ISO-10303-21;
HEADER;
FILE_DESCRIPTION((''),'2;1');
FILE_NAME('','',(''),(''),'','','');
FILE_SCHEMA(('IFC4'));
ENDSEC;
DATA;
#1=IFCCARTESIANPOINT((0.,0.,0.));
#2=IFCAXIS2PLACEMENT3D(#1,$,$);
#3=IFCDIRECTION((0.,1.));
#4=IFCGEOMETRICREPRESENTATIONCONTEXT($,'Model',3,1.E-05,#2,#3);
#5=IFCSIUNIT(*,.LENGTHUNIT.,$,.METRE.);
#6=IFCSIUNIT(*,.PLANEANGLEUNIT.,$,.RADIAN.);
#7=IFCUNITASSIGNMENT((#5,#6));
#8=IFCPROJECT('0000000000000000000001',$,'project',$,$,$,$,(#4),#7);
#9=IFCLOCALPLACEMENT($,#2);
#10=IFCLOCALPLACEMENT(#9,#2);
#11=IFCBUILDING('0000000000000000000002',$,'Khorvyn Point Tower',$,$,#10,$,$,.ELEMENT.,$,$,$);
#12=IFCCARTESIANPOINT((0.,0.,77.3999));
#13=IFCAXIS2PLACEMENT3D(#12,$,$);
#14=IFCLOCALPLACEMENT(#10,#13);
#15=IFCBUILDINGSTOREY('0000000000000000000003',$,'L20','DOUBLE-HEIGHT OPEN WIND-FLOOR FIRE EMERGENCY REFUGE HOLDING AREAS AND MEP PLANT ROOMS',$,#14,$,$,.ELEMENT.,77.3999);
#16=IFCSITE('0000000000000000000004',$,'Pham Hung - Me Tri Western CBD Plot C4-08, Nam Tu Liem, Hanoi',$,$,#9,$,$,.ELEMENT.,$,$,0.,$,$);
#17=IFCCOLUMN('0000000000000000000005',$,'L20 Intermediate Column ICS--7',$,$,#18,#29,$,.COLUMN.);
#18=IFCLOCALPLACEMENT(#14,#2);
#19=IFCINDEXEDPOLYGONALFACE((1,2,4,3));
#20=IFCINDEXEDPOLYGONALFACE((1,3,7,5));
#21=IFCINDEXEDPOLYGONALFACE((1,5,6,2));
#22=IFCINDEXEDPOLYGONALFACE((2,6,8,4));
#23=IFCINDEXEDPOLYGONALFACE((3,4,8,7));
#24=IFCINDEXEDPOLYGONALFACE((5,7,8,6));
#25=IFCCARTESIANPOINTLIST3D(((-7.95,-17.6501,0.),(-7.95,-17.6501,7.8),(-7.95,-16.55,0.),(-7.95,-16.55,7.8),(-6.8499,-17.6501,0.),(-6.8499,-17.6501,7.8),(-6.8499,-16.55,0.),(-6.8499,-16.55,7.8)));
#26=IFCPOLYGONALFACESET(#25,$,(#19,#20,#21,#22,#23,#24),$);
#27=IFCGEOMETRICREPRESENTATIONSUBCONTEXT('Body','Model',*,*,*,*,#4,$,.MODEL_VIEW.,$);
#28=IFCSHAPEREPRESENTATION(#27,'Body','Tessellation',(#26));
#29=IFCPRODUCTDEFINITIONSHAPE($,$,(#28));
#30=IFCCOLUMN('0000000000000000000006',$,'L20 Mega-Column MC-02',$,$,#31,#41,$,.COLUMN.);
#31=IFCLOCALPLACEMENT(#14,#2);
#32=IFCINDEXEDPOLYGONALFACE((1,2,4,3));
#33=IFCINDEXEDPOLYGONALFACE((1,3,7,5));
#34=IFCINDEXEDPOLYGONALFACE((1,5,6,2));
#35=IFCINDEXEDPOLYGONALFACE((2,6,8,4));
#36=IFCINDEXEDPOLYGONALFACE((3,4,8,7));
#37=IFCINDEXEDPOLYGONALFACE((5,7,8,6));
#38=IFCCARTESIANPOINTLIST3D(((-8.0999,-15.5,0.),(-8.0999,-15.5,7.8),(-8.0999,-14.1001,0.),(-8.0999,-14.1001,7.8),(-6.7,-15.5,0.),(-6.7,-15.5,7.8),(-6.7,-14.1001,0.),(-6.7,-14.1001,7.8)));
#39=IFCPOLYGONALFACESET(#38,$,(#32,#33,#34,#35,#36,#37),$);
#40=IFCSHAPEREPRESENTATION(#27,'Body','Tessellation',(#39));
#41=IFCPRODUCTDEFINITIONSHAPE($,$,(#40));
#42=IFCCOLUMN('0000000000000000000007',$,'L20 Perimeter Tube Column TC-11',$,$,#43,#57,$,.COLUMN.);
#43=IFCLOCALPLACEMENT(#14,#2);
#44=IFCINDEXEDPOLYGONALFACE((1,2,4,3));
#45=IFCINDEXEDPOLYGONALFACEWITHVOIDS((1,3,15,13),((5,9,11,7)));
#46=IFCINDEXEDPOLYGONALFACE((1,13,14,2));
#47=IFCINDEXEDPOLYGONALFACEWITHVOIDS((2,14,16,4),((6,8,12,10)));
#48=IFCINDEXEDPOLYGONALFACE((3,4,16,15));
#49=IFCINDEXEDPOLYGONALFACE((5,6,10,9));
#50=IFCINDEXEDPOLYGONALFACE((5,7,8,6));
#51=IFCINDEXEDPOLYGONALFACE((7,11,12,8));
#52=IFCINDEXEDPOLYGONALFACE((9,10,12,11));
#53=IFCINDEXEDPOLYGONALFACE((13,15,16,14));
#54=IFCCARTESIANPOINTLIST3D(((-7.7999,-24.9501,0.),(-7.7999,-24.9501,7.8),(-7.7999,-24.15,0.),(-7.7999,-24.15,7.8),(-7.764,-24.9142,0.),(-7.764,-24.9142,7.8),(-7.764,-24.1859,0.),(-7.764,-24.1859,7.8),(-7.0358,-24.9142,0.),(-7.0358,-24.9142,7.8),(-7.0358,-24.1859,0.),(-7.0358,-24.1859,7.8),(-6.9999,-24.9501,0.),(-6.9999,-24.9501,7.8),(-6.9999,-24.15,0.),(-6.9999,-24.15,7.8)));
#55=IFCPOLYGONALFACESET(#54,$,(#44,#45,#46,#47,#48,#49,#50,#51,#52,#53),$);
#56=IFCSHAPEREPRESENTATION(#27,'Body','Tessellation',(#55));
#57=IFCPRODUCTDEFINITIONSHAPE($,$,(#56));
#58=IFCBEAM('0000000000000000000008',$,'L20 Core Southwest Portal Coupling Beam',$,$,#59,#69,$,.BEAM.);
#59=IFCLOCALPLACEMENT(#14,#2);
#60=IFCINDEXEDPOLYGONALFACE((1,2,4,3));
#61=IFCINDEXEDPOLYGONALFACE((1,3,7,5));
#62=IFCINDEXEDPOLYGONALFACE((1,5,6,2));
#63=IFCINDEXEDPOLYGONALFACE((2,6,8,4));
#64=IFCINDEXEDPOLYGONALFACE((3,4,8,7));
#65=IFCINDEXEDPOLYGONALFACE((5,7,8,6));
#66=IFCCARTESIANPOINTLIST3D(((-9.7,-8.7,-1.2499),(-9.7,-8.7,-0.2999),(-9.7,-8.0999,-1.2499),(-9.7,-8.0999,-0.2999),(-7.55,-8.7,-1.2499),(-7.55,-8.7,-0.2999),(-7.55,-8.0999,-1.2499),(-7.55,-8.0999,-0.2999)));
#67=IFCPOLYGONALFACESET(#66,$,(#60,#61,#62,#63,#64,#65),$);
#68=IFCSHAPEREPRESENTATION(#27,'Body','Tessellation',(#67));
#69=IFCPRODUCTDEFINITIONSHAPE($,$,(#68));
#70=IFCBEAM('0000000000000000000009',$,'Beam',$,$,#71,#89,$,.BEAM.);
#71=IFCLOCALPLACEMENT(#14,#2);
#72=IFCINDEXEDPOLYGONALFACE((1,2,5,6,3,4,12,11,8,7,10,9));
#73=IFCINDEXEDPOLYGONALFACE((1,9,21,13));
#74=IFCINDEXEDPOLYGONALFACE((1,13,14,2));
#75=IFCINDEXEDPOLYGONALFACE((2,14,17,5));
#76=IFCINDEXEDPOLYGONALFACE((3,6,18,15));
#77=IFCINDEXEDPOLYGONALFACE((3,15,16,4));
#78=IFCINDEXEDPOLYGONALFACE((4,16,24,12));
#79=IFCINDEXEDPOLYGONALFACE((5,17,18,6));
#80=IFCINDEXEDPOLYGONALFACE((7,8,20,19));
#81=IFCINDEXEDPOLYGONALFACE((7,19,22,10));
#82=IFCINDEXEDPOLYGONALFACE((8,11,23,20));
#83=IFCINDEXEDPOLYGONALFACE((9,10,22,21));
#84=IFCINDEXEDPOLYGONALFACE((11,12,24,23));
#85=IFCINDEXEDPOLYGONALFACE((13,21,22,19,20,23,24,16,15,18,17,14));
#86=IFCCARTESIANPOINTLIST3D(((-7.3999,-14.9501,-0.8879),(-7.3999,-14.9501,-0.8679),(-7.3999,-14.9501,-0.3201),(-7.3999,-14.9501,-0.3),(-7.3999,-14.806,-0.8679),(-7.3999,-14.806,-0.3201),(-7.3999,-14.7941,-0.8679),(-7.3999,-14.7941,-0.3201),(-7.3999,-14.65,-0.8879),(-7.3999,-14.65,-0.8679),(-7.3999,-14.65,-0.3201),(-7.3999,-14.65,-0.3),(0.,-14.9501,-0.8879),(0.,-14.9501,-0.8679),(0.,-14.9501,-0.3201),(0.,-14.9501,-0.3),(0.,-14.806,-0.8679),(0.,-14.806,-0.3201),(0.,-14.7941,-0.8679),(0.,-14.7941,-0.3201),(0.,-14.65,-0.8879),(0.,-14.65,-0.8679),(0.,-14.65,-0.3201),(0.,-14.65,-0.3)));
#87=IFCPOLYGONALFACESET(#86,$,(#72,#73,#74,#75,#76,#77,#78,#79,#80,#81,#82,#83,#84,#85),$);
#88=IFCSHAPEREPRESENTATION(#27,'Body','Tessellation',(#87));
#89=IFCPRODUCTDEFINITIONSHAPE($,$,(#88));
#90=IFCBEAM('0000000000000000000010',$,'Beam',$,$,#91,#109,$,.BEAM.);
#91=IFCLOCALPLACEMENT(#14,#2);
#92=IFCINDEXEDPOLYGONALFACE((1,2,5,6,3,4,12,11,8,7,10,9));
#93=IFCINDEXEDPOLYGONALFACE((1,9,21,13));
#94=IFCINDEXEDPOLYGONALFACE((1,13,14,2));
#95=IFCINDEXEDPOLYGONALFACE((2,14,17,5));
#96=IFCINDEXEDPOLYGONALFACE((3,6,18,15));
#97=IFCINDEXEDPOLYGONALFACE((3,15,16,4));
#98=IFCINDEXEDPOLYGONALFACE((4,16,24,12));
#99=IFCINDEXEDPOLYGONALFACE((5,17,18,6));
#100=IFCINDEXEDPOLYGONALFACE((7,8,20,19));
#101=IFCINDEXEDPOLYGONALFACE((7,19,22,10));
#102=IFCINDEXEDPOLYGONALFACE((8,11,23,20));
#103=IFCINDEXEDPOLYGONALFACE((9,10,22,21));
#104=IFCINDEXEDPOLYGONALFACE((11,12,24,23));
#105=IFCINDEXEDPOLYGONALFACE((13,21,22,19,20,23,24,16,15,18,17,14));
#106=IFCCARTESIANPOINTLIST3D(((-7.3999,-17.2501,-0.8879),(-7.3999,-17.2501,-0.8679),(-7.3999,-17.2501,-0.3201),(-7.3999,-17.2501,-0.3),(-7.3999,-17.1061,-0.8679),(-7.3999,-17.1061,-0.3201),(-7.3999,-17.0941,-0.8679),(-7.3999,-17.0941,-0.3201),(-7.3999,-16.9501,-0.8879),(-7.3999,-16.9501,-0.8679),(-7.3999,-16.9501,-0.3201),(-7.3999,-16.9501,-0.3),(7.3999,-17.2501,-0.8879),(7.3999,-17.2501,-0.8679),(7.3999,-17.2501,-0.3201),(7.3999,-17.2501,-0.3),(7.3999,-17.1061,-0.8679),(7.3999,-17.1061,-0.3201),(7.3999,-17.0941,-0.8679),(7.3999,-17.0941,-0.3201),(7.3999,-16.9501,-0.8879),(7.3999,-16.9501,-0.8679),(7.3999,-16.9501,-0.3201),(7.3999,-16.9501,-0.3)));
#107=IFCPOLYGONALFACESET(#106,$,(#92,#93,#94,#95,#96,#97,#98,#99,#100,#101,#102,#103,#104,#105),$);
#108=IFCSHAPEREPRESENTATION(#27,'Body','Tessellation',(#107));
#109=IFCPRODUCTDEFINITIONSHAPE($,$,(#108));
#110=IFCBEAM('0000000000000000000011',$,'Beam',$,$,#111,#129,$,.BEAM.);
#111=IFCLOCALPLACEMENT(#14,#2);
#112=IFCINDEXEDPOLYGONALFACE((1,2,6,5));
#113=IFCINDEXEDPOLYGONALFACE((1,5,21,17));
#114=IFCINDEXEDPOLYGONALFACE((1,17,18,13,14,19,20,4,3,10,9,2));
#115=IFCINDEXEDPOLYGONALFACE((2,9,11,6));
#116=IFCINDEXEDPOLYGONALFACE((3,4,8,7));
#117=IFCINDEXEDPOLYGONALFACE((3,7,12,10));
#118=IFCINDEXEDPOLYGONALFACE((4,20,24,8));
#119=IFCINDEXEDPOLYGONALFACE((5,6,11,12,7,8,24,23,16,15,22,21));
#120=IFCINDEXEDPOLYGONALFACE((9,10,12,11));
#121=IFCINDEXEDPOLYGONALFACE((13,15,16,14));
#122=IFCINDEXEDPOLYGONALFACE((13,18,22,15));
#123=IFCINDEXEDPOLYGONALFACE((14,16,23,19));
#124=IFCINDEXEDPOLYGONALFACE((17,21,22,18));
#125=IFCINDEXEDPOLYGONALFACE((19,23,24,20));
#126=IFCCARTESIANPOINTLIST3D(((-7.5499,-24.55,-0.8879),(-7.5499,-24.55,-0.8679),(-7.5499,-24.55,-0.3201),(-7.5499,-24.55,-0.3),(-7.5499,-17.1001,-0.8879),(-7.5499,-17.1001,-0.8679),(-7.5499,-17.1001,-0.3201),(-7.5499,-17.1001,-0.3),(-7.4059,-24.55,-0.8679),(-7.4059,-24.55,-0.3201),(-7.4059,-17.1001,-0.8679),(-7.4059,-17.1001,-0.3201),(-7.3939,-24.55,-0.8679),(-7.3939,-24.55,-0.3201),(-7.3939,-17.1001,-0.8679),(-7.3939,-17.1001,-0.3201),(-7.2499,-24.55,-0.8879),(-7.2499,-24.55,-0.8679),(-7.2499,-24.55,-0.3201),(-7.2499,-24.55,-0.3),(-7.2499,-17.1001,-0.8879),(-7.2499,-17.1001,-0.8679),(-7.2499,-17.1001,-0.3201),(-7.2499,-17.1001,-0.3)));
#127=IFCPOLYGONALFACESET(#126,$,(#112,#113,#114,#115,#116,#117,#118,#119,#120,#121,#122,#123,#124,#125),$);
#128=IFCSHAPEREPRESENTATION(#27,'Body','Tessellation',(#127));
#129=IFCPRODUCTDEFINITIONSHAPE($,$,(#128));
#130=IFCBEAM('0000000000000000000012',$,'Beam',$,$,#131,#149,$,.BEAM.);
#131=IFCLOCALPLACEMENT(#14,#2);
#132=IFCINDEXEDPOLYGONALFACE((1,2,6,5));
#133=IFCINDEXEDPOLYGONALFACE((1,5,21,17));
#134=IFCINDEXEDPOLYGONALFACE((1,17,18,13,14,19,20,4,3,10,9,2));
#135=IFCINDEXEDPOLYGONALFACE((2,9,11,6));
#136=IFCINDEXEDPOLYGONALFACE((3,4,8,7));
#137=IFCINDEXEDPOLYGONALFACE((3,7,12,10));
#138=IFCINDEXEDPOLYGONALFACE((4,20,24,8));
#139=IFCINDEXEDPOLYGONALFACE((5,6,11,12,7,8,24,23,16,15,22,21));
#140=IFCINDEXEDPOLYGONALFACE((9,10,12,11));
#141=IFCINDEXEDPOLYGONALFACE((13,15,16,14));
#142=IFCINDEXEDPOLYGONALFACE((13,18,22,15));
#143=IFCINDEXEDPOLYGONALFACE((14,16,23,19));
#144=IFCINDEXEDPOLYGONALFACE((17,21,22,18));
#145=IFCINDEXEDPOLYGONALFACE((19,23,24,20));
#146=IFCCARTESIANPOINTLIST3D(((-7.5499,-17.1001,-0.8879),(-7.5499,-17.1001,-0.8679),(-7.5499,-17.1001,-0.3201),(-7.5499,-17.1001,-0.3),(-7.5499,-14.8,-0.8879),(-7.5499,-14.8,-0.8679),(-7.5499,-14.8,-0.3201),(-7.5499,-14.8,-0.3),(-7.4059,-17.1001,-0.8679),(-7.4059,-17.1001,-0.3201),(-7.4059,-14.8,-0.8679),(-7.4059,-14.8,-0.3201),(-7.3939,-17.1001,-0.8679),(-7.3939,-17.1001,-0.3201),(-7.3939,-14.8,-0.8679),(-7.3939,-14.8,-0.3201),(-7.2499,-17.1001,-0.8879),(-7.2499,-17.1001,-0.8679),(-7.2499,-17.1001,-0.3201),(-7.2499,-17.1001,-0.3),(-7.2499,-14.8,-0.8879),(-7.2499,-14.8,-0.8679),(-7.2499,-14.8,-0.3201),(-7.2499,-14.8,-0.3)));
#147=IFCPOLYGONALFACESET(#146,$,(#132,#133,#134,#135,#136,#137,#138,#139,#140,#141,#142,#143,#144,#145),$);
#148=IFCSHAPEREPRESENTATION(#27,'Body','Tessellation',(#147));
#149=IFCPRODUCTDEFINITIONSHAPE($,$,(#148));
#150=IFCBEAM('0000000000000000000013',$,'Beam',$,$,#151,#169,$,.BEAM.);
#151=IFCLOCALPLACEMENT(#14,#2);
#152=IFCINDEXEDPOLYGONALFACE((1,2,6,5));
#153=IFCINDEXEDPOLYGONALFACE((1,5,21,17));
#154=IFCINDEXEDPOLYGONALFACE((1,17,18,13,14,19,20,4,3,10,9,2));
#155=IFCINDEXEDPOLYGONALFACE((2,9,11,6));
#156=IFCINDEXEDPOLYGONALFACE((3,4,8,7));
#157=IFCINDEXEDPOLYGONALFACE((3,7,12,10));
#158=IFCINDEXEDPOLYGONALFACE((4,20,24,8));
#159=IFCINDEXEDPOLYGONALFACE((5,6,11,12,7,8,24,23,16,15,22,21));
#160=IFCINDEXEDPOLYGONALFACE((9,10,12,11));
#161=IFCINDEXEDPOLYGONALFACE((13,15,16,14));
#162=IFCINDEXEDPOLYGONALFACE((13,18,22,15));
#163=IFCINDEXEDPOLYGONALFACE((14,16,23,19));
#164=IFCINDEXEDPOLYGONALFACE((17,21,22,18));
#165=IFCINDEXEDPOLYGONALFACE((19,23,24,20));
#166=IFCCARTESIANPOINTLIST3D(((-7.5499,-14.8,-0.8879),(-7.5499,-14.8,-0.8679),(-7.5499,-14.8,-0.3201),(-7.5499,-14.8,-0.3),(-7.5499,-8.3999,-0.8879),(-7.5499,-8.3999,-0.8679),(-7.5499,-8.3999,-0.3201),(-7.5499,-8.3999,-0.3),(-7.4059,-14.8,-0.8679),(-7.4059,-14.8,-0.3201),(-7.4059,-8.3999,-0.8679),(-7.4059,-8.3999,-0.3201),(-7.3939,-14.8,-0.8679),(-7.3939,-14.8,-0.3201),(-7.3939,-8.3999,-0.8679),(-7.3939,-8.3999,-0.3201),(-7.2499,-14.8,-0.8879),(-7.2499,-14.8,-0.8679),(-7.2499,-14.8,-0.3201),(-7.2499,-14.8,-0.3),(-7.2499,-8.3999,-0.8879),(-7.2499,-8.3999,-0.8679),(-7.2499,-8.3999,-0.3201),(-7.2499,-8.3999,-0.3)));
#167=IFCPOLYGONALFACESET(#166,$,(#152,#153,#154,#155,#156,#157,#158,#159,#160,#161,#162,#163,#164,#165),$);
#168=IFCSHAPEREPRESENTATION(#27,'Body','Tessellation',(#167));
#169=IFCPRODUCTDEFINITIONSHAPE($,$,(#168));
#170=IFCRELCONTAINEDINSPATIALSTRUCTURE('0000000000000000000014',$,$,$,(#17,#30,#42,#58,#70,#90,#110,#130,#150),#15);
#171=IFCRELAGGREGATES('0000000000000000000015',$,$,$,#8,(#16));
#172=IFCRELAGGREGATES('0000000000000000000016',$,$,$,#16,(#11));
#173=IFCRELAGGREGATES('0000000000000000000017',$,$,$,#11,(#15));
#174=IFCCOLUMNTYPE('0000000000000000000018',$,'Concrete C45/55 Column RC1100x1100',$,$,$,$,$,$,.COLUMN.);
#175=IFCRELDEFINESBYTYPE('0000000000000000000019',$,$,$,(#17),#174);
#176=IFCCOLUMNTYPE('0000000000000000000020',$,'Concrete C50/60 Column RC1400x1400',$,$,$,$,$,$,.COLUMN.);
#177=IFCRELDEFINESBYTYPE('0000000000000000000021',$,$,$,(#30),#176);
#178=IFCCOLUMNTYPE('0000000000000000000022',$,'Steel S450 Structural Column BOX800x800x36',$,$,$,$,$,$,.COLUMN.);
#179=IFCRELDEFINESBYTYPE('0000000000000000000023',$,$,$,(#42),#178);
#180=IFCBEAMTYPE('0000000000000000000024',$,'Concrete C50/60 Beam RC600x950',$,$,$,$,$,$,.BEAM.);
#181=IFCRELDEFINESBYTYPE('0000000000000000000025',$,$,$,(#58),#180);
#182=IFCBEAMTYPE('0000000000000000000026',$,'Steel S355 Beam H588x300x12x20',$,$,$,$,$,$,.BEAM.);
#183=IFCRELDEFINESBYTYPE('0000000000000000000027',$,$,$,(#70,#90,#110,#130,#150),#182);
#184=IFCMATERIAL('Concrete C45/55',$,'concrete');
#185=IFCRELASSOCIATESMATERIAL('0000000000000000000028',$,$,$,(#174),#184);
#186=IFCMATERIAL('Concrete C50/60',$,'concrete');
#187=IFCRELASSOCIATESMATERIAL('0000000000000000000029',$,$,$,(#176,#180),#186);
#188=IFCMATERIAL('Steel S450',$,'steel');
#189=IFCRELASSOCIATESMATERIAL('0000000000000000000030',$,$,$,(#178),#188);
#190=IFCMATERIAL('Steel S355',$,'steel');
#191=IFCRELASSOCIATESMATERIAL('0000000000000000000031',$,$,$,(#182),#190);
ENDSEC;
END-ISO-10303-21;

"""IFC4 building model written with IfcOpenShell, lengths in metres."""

from ifc_helpers import new_model, si_unit, direction, frame, origin, origin_2d, place, context, subcontext, project, spatial, rectangle, hollow_rectangle, i_section, extrude, material, material_profile, profile_set, type_object, element, save


model = new_model("IFC4")

# Units and contexts
model_context = context("Model", 3, precision=1e-05, world=origin(), true_north=direction((0.0, 1.0)))
body_context = subcontext(model_context, "Body", "Model", "MODEL_VIEW")
ifc_project = project(units=[si_unit("LENGTHUNIT", "METRE"), si_unit("PLANEANGLEUNIT", "RADIAN")], contexts=[model_context])

# Site, building, storey
site_placement = place(None, origin())
site = spatial("IfcSite", under=ifc_project, at=site_placement, Name="Pham Hung - Me Tri Western CBD Plot C4-08, Nam Tu Liem, Hanoi", CompositionType="ELEMENT", RefElevation=0.0)
building_placement = place(site_placement, origin())
building = spatial("IfcBuilding", under=site, at=building_placement, Name="Khorvyn Point Tower", CompositionType="ELEMENT")
storey_placement = place(building_placement, frame((0.0, 0.0, 77.3999)))
storey = spatial("IfcBuildingStorey", under=building, at=storey_placement, Name="L20", Description="DOUBLE-HEIGHT OPEN WIND-FLOOR FIRE EMERGENCY REFUGE HOLDING AREAS AND MEP PLANT ROOMS", CompositionType="ELEMENT", Elevation=77.3999)

# Columns
ifc_material_1 = material(Name="Concrete C45/55", Category="concrete")
ifc_material_profile_1 = material_profile(ifc_material_1, rectangle(XDim=1.1001, YDim=1.1001, at=origin_2d()))
ifc_profile_set_1 = profile_set([ifc_material_profile_1], Name="Concrete C45/55 RC1100x1100")
column_type_1 = type_object("IfcColumnType", Name="Concrete C45/55 Column RC1100x1100", PredefinedType="COLUMN", material=ifc_profile_set_1)
column_1_placement = place(storey_placement, frame((-7.3999, -17.1001, 0.0), z_axis=(0.0, 0.0, 1.0), x_axis=(1.0, 0.0, 0.0)))
element("IfcColumn", 1, at=column_1_placement, inside=storey, type_object=column_type_1, Name="L20 Intermediate Column ICS--7", PredefinedType="COLUMN", context=body_context, shape_type="SweptSolid", body=[
    extrude(rectangle(XDim=1.1001, YDim=1.1001, at=origin_2d()), origin(), (0.0, 0.0, 1.0), 7.8),
])
ifc_material_2 = material(Name="Concrete C50/60", Category="concrete")
ifc_material_profile_2 = material_profile(ifc_material_2, rectangle(XDim=1.3999, YDim=1.3999, at=origin_2d()))
ifc_profile_set_2 = profile_set([ifc_material_profile_2], Name="Concrete C50/60 RC1400x1400")
column_type_2 = type_object("IfcColumnType", Name="Concrete C50/60 Column RC1400x1400", PredefinedType="COLUMN", material=ifc_profile_set_2)
column_2_placement = place(storey_placement, frame((-7.3999, -14.8, 0.0), z_axis=(0.0, 0.0, 1.0), x_axis=(1.0, 0.0, 0.0)))
element("IfcColumn", 2, at=column_2_placement, inside=storey, type_object=column_type_2, Name="L20 Mega-Column MC-02", PredefinedType="COLUMN", context=body_context, shape_type="SweptSolid", body=[
    extrude(rectangle(XDim=1.3999, YDim=1.3999, at=origin_2d()), origin(), (0.0, 0.0, 1.0), 7.8),
])
ifc_material_3 = material(Name="Steel S450", Category="steel")
ifc_material_profile_3 = material_profile(ifc_material_3, hollow_rectangle(XDim=0.8, YDim=0.8, WallThickness=0.0359, at=origin_2d()))
ifc_profile_set_3 = profile_set([ifc_material_profile_3], Name="Steel S450 BOX800x800x36")
column_type_3 = type_object("IfcColumnType", Name="Steel S450 Structural Column BOX800x800x36", PredefinedType="COLUMN", material=ifc_profile_set_3)
column_3_placement = place(storey_placement, frame((-7.3999, -24.55, 0.0), z_axis=(0.0, 0.0, 1.0), x_axis=(1.0, 0.0, 0.0)))
element("IfcColumn", 3, at=column_3_placement, inside=storey, type_object=column_type_3, Name="L20 Perimeter Tube Column TC-11", PredefinedType="COLUMN", context=body_context, shape_type="SweptSolid", body=[
    extrude(hollow_rectangle(XDim=0.8, YDim=0.8, WallThickness=0.0359, at=origin_2d()), origin(), (0.0, 0.0, 1.0), 7.8),
])

# Beams
ifc_material_profile_4 = material_profile(ifc_material_2, rectangle(XDim=0.6001, YDim=0.95, at=origin_2d()))
ifc_profile_set_4 = profile_set([ifc_material_profile_4], Name="Concrete C50/60 RC600x950")
beam_type_1 = type_object("IfcBeamType", Name="Concrete C50/60 Beam RC600x950", PredefinedType="BEAM", material=ifc_profile_set_4)
beam_1_placement = place(storey_placement, frame((-9.7, -8.3999, -0.7749), z_axis=(1.0, 0.0, 0.0), x_axis=(0.0, 1.0, 0.0)))
element("IfcBeam", 4, at=beam_1_placement, inside=storey, type_object=beam_type_1, Name="L20 Core Southwest Portal Coupling Beam", PredefinedType="BEAM", context=body_context, shape_type="SweptSolid", body=[
    extrude(rectangle(XDim=0.6001, YDim=0.95, at=origin_2d()), origin(), (0.0, 0.0, 1.0), 2.1499),
])
ifc_material_4 = material(Name="Steel S355", Category="steel")
ifc_material_profile_5 = material_profile(ifc_material_4, i_section(OverallWidth=0.3, OverallDepth=0.5879, WebThickness=0.012, FlangeThickness=0.02, at=origin_2d()))
ifc_profile_set_5 = profile_set([ifc_material_profile_5], Name="Steel S355 H588x300x12x20")
beam_type_2 = type_object("IfcBeamType", Name="Steel S355 Beam H588x300x12x20", PredefinedType="BEAM", material=ifc_profile_set_5)
beam_2_placement = place(storey_placement, frame((-7.3999, -14.8, -0.594), z_axis=(1.0, 0.0, 0.0), x_axis=(0.0, 1.0, 0.0)))
element("IfcBeam", 5, at=beam_2_placement, inside=storey, type_object=beam_type_2, Name="Beam", PredefinedType="BEAM", context=body_context, shape_type="SweptSolid", body=[
    extrude(i_section(OverallWidth=0.3, OverallDepth=0.5879, WebThickness=0.012, FlangeThickness=0.02, at=origin_2d()), origin(), (0.0, 0.0, 1.0), 7.3999),
])
beam_3_placement = place(storey_placement, frame((-7.3999, -17.1001, -0.594), z_axis=(1.0, 0.0, 0.0), x_axis=(0.0, 1.0, 0.0)))
element("IfcBeam", 6, at=beam_3_placement, inside=storey, type_object=beam_type_2, Name="Beam", PredefinedType="BEAM", context=body_context, shape_type="SweptSolid", body=[
    extrude(i_section(OverallWidth=0.3, OverallDepth=0.5879, WebThickness=0.012, FlangeThickness=0.02, at=origin_2d()), origin(), (0.0, 0.0, 1.0), 14.7998),
])
beam_4_placement = place(storey_placement, frame((-7.3999, -24.55, -0.594), z_axis=(0.0, 1.0, 0.0), x_axis=(-1.0, 0.0, 0.0)))
element("IfcBeam", 7, at=beam_4_placement, inside=storey, type_object=beam_type_2, Name="Beam", PredefinedType="BEAM", context=body_context, shape_type="SweptSolid", body=[
    extrude(i_section(OverallWidth=0.3, OverallDepth=0.5879, WebThickness=0.012, FlangeThickness=0.02, at=origin_2d()), origin(), (0.0, 0.0, 1.0), 7.45),
])
beam_5_placement = place(storey_placement, frame((-7.3999, -17.1001, -0.594), z_axis=(0.0, 1.0, 0.0), x_axis=(-1.0, 0.0, 0.0)))
element("IfcBeam", 8, at=beam_5_placement, inside=storey, type_object=beam_type_2, Name="Beam", PredefinedType="BEAM", context=body_context, shape_type="SweptSolid", body=[
    extrude(i_section(OverallWidth=0.3, OverallDepth=0.5879, WebThickness=0.012, FlangeThickness=0.02, at=origin_2d()), origin(), (0.0, 0.0, 1.0), 2.3),
])
beam_6_placement = place(storey_placement, frame((-7.3999, -14.8, -0.594), z_axis=(0.0, 1.0, 0.0), x_axis=(-1.0, 0.0, 0.0)))
element("IfcBeam", 9, at=beam_6_placement, inside=storey, type_object=beam_type_2, Name="Beam", PredefinedType="BEAM", context=body_context, shape_type="SweptSolid", body=[
    extrude(i_section(OverallWidth=0.3, OverallDepth=0.5879, WebThickness=0.012, FlangeThickness=0.02, at=origin_2d()), origin(), (0.0, 0.0, 1.0), 6.4001),
])

save(model, "model.ifc")
